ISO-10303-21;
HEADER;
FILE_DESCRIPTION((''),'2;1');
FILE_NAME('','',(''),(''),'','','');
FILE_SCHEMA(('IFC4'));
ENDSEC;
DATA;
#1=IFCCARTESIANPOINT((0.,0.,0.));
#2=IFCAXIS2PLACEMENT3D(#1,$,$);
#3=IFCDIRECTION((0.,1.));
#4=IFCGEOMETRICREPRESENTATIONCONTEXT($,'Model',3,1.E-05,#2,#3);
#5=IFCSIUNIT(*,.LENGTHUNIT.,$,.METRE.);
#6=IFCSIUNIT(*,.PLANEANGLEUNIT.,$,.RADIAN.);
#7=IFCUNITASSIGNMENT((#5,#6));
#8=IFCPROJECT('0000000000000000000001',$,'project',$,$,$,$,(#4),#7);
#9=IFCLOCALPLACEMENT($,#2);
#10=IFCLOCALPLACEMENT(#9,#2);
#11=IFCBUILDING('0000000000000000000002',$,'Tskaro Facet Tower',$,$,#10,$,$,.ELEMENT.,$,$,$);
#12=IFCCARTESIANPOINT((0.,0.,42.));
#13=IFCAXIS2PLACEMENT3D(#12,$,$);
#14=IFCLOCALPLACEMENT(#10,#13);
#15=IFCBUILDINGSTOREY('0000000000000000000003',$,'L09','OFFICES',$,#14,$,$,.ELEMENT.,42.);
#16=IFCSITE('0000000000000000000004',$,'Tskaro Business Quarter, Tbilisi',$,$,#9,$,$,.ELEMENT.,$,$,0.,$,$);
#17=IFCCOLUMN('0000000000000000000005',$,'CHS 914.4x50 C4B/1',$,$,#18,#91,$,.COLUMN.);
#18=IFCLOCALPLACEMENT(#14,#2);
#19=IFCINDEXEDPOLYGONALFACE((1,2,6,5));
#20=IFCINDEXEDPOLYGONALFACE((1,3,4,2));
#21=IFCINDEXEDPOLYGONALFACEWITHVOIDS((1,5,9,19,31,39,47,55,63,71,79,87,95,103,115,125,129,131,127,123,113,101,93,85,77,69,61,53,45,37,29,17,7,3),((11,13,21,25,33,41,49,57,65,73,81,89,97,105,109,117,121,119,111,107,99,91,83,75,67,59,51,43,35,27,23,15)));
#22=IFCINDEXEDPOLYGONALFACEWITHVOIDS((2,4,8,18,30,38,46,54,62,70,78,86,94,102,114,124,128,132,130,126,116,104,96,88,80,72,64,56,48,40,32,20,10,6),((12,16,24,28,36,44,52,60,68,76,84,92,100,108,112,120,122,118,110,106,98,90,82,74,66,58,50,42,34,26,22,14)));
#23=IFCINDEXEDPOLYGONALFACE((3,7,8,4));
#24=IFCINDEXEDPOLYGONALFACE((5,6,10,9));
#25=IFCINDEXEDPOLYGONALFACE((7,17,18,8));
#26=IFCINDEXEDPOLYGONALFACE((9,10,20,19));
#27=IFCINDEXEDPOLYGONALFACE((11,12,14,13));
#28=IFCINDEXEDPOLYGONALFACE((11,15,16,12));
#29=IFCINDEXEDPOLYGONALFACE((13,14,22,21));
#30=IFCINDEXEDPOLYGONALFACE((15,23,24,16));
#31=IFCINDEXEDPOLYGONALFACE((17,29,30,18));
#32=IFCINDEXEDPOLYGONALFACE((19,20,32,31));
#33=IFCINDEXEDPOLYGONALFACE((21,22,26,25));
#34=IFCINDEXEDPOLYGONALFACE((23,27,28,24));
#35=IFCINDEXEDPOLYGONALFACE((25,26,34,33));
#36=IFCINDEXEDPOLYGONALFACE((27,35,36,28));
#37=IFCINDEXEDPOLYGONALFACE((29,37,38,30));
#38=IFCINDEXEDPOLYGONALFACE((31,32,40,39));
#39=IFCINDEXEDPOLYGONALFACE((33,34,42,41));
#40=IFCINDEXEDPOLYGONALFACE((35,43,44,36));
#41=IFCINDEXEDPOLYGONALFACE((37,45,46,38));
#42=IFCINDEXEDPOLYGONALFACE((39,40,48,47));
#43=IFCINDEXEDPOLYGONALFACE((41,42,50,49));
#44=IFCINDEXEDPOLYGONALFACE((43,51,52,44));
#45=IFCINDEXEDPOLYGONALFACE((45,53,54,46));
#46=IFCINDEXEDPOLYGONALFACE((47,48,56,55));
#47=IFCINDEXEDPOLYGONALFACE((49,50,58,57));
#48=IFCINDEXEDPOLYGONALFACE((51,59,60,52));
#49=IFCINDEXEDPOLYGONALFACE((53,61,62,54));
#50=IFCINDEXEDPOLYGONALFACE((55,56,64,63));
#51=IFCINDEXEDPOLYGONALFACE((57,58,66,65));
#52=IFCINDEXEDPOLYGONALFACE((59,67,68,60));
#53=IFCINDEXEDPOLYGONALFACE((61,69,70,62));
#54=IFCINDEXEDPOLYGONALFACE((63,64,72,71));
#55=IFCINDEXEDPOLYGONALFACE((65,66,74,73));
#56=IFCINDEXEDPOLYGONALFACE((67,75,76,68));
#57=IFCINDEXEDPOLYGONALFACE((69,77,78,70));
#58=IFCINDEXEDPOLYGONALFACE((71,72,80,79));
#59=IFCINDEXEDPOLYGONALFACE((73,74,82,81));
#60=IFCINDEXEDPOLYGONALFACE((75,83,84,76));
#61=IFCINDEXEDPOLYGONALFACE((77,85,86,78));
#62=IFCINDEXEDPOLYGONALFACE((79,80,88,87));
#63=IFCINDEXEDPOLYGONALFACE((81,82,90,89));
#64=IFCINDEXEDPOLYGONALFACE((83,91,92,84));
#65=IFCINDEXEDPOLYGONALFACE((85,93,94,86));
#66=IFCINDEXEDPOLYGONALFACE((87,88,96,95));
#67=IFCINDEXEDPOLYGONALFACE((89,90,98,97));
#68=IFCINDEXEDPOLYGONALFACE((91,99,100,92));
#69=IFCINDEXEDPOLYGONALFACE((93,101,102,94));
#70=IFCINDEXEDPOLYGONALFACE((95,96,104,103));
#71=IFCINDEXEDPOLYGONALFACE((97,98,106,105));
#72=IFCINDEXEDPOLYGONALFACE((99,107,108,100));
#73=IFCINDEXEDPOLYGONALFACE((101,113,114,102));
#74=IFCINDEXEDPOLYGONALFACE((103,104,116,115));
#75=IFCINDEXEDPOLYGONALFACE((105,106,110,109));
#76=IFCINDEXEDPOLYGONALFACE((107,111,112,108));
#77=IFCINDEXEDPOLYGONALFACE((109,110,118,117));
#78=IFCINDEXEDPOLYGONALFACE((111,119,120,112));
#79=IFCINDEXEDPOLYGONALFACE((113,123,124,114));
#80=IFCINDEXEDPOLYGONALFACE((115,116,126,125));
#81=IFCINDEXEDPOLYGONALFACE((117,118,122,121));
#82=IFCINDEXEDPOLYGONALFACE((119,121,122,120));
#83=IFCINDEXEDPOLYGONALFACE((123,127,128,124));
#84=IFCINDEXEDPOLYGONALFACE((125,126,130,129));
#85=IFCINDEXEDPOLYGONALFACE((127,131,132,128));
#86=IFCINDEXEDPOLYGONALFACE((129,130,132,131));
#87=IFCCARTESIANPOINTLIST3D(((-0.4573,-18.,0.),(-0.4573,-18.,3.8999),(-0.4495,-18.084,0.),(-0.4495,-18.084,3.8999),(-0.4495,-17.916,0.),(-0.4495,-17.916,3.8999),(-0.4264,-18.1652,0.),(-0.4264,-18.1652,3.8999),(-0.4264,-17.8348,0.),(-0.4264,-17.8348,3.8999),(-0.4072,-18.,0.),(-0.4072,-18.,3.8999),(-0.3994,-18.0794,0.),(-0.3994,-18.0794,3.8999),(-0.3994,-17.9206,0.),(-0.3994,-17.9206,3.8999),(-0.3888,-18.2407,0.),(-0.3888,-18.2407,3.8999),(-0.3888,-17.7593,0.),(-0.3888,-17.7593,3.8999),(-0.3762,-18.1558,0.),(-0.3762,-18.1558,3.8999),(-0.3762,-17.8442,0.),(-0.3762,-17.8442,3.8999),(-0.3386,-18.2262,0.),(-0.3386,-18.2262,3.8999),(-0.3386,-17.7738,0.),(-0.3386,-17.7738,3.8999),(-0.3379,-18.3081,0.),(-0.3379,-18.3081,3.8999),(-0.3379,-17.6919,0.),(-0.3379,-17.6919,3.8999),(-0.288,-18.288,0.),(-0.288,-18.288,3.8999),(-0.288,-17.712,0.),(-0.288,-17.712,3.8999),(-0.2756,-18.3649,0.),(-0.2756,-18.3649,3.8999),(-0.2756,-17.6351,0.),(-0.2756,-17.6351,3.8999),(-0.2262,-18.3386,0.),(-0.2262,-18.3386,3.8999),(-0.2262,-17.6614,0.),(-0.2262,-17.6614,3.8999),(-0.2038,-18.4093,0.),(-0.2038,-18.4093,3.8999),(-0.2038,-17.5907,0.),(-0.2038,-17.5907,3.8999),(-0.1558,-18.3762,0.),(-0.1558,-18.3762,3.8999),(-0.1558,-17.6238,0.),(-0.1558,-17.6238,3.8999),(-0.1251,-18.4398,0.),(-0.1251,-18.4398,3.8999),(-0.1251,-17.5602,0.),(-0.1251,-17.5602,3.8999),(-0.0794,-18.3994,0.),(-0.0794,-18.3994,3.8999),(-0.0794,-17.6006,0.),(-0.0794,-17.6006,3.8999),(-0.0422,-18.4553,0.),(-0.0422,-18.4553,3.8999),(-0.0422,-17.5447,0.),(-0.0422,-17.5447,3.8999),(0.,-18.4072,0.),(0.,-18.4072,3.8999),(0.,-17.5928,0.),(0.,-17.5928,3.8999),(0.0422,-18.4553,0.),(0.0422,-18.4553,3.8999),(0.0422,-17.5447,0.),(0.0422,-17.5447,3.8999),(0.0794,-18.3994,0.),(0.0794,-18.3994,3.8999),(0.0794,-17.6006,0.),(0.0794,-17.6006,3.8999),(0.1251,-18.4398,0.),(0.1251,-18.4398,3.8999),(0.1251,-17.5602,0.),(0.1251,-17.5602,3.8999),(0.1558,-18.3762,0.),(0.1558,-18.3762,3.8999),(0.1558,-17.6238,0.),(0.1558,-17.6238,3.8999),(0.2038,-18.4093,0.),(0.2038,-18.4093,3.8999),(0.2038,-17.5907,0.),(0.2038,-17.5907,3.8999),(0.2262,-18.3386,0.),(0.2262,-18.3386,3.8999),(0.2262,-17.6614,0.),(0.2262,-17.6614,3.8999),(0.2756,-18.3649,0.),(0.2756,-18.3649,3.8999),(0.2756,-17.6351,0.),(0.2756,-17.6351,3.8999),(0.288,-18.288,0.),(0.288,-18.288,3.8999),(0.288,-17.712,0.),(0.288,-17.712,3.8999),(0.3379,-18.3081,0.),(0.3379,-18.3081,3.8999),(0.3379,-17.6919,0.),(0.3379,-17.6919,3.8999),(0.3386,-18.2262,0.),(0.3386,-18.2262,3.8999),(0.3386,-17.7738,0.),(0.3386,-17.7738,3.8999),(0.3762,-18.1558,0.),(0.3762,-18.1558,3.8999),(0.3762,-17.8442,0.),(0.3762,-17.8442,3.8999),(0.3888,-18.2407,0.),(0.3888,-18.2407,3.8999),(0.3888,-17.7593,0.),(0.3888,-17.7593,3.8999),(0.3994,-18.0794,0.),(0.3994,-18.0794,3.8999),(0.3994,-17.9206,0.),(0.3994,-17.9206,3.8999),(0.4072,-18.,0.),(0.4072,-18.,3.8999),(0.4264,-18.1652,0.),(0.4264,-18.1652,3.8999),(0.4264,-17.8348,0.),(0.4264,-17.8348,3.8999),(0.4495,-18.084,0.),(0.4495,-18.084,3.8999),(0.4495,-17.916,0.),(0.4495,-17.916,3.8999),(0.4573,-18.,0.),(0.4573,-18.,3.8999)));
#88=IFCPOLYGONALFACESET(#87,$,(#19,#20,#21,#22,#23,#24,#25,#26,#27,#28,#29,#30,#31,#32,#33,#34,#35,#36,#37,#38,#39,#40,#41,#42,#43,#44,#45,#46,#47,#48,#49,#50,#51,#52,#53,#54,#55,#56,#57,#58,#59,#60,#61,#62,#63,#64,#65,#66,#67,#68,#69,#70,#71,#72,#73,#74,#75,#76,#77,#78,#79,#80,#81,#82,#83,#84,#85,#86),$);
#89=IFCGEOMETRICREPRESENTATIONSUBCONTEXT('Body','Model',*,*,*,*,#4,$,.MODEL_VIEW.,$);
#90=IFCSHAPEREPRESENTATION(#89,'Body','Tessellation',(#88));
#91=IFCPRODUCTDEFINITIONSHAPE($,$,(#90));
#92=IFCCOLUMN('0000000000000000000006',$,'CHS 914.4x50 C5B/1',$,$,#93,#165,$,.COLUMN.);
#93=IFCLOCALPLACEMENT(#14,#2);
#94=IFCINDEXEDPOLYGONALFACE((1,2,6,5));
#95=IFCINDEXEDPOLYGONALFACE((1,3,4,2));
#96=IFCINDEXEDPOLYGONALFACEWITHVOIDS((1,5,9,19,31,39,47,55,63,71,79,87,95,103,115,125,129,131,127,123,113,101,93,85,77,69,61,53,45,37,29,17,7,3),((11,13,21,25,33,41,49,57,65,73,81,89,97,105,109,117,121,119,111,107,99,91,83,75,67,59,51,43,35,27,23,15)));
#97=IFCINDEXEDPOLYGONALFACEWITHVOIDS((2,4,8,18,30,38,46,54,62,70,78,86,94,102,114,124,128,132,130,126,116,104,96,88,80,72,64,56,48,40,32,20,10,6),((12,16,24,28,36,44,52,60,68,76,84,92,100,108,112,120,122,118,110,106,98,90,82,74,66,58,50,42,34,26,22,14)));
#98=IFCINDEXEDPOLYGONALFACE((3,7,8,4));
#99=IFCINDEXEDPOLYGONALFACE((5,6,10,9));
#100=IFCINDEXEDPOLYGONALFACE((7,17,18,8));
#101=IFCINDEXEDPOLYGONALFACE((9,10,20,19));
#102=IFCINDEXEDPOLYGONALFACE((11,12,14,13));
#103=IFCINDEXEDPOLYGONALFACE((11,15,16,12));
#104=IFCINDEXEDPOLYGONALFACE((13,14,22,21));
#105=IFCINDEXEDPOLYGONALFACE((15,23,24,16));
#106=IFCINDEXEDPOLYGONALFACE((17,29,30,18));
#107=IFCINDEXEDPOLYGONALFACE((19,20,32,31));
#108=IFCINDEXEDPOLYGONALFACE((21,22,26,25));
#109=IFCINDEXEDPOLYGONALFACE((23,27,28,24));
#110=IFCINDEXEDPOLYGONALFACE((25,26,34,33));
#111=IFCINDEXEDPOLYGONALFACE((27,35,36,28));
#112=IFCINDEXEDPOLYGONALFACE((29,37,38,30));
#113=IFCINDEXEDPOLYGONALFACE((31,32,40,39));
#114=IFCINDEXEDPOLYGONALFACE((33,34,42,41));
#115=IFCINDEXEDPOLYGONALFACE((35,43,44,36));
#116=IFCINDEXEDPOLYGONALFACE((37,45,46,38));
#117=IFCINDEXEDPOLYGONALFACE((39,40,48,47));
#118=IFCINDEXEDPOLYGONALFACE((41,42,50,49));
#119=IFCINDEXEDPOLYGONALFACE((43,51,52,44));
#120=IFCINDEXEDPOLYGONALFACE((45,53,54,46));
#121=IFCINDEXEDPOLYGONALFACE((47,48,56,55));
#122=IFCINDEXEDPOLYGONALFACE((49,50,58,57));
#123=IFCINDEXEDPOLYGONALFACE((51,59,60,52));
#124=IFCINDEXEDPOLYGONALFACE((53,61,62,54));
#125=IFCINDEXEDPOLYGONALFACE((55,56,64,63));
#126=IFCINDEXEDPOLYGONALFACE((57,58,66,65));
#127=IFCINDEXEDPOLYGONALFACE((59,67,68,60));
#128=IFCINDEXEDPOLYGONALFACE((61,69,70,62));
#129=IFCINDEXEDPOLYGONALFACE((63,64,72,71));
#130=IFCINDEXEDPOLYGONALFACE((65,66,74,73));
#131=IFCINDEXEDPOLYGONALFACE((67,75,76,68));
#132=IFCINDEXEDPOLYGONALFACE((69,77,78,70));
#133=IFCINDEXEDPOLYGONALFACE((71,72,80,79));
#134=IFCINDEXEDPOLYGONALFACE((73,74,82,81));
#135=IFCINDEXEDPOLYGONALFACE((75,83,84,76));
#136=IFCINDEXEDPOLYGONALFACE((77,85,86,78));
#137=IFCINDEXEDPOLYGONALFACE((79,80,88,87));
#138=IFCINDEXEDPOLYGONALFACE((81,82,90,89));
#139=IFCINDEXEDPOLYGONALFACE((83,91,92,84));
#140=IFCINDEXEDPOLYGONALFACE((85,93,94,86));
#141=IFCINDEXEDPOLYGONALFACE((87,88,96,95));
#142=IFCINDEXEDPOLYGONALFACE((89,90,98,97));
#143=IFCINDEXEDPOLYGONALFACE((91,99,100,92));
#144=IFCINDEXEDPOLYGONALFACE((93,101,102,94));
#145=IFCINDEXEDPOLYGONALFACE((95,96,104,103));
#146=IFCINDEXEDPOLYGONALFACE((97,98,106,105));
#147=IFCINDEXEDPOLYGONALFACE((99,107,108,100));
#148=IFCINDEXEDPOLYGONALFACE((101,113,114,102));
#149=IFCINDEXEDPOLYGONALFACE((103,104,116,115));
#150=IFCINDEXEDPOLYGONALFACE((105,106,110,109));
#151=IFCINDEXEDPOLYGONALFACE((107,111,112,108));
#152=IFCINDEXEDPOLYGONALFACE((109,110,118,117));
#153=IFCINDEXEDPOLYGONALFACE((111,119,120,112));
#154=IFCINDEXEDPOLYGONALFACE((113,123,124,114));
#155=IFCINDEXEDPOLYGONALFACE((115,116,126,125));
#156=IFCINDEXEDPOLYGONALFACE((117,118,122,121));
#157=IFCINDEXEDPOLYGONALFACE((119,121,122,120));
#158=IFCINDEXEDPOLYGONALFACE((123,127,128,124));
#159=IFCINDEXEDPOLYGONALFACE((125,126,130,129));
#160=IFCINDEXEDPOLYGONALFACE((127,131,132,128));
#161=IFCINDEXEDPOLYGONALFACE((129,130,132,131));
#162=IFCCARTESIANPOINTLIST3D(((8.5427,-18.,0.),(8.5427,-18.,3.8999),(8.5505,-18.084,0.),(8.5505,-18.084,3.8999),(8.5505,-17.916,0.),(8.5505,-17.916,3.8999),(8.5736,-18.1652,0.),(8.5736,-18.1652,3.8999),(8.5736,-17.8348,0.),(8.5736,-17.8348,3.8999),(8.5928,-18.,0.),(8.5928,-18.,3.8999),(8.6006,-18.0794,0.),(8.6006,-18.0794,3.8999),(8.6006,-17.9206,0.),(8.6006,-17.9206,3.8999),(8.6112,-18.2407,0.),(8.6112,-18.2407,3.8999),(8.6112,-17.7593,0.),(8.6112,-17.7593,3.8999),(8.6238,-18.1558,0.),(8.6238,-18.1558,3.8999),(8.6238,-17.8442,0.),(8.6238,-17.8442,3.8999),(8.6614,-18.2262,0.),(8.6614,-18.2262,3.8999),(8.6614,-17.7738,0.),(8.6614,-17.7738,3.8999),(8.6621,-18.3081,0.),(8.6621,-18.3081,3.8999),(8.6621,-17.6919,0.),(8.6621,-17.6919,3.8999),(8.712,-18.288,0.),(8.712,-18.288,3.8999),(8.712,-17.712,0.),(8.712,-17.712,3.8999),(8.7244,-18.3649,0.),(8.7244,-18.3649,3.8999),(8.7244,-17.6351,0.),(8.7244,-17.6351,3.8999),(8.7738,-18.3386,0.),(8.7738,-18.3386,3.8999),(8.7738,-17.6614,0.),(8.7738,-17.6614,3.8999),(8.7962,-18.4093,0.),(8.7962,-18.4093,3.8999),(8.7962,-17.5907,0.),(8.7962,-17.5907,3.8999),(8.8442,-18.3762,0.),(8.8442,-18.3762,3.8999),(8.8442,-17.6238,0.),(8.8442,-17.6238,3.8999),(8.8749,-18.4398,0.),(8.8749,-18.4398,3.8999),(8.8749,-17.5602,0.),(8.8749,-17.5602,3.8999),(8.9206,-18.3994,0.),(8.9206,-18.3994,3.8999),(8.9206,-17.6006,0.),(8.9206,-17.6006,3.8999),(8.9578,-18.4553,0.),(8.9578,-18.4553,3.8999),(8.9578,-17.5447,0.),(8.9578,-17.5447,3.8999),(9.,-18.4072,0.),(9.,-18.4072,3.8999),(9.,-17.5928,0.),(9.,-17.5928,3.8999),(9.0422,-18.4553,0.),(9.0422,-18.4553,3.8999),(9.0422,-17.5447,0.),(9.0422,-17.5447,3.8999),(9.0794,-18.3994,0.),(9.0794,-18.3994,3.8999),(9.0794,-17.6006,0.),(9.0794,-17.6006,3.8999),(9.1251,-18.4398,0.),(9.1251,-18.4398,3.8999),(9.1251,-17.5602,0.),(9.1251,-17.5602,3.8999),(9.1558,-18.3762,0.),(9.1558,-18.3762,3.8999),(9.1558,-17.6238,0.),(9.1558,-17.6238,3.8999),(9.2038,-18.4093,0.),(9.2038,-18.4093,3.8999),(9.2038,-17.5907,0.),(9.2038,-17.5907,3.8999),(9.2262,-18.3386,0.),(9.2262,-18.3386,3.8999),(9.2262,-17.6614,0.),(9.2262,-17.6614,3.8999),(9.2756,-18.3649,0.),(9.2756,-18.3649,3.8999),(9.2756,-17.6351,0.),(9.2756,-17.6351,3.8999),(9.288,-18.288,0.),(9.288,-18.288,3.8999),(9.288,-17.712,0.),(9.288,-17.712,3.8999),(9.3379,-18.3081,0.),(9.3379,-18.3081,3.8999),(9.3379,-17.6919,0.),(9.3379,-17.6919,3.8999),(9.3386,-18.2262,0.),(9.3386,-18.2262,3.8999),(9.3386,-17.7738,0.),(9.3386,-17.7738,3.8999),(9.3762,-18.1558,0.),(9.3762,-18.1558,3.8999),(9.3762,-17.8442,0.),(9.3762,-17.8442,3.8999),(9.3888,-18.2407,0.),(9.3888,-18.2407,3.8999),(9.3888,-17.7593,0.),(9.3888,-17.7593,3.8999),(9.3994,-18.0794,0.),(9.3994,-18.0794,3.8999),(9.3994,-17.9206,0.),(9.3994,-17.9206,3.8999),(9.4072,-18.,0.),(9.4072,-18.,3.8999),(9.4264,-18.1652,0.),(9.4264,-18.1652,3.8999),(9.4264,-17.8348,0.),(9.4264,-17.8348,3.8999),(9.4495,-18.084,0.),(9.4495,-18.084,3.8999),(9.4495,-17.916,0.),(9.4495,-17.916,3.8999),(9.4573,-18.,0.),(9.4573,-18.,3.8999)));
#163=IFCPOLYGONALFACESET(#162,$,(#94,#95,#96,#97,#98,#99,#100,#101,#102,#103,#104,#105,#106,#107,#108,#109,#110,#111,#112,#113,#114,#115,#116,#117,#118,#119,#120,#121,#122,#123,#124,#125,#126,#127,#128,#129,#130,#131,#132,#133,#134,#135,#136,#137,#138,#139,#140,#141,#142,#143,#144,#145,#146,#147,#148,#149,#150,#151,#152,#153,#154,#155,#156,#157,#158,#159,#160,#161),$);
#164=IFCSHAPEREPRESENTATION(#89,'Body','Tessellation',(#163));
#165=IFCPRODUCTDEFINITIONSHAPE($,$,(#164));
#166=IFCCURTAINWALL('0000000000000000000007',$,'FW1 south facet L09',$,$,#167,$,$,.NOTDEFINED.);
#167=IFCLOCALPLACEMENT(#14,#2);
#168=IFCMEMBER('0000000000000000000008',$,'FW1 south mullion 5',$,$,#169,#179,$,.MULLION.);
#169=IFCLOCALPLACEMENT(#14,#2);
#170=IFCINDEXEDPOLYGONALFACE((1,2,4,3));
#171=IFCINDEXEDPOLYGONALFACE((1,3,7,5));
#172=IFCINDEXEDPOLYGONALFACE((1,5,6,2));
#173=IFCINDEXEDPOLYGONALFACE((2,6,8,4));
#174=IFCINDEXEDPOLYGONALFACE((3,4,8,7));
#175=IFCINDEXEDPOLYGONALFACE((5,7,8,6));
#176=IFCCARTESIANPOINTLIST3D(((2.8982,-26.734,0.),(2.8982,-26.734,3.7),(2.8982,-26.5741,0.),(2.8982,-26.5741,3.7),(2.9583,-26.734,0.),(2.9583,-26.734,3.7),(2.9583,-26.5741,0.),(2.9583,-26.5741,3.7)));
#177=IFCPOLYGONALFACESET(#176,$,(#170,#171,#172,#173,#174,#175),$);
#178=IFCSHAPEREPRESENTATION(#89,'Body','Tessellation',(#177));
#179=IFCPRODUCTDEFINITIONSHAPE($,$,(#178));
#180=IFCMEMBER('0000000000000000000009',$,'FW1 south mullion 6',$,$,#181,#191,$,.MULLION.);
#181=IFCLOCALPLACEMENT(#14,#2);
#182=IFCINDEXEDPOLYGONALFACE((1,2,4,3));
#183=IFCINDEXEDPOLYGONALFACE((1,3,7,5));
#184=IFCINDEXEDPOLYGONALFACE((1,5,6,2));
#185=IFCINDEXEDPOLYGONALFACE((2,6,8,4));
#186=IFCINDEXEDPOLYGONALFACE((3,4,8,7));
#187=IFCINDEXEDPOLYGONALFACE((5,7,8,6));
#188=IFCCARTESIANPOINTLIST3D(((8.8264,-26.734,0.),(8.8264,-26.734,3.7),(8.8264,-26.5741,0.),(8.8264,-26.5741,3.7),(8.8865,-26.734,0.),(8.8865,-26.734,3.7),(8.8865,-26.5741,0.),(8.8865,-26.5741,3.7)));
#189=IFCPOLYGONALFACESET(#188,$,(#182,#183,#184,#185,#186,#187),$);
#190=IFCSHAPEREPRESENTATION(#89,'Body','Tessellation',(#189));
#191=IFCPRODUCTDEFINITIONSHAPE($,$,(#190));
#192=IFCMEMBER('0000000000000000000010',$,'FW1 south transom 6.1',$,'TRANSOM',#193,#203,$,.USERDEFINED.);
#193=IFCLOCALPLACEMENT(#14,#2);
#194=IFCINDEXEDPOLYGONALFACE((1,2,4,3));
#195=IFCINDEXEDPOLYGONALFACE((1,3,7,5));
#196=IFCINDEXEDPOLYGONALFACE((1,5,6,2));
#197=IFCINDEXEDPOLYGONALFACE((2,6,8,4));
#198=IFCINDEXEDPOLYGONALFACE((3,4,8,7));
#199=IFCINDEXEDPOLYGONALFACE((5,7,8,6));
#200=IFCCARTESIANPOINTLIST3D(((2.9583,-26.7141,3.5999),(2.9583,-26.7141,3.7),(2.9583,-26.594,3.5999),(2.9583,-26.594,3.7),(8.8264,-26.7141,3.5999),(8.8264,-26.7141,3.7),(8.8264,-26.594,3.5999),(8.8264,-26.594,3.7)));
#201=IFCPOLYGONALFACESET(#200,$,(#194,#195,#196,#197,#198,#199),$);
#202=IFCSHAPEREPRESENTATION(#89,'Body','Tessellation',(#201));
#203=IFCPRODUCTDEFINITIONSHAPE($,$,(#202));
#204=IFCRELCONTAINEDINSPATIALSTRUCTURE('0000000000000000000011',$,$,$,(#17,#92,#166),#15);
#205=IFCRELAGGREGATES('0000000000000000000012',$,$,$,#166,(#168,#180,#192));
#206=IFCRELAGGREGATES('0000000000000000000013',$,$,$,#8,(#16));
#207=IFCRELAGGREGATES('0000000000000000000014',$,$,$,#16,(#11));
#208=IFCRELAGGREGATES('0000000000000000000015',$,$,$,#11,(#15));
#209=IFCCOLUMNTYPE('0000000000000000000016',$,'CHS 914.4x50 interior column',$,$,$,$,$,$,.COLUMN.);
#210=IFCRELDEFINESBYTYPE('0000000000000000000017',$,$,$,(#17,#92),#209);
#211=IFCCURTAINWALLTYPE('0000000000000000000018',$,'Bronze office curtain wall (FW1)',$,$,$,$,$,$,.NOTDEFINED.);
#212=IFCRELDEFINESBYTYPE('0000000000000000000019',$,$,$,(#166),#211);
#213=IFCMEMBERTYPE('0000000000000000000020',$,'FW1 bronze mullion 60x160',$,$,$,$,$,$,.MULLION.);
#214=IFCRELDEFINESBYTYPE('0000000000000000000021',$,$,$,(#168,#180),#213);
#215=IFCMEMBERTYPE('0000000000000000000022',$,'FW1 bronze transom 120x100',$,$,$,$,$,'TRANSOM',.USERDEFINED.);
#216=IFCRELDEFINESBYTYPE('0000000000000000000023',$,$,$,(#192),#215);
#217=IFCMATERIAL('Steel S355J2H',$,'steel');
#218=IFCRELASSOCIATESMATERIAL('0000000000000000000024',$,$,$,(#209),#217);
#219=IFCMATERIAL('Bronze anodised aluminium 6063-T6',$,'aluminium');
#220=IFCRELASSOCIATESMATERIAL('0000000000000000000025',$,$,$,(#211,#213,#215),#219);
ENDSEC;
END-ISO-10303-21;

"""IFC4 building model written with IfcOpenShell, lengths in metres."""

from ifc_helpers import new_model, si_unit, direction, frame, origin, origin_2d, place, context, subcontext, project, spatial, rectangle, hollow_circle, extrude, material, material_profile, profile_set, type_object, element, aggregate, save


model = new_model("IFC4")

# Units and contexts
model_context = context("Model", 3, precision=1e-05, world=origin(), true_north=direction((0.0, 1.0)))
body_context = subcontext(model_context, "Body", "Model", "MODEL_VIEW")
ifc_project = project(units=[si_unit("LENGTHUNIT", "METRE"), si_unit("PLANEANGLEUNIT", "RADIAN")], contexts=[model_context])

# Site, building, storey
site_placement = place(None, origin())
site = spatial("IfcSite", under=ifc_project, at=site_placement, Name="Tskaro Business Quarter, Tbilisi", CompositionType="ELEMENT", RefElevation=0.0)
building_placement = place(site_placement, origin())
building = spatial("IfcBuilding", under=site, at=building_placement, Name="Tskaro Facet Tower", CompositionType="ELEMENT")
storey_placement = place(building_placement, frame((0.0, 0.0, 42.0)))
storey = spatial("IfcBuildingStorey", under=building, at=storey_placement, Name="L09", Description="OFFICES", CompositionType="ELEMENT", Elevation=42.0)

# Columns
ifc_material_1 = material(Name="Steel S355J2H", Category="steel")
ifc_material_profile_1 = material_profile(ifc_material_1, hollow_circle(Radius=0.4573, WallThickness=0.05, at=origin_2d()), Name="CHS 914.4x50")
ifc_profile_set_1 = profile_set([ifc_material_profile_1], Name="Steel S355J2H")
column_type_1 = type_object("IfcColumnType", Name="CHS 914.4x50 interior column", PredefinedType="COLUMN", material=ifc_profile_set_1)
for number, where, z_axis, x_axis, name in (
    (1, (0.0, -18.0, 0.0), (0.0, 0.0, 1.0), (1.0, 0.0, 0.0), "CHS 914.4x50 C4B/1"),
    (2, (9.0, -18.0, 0.0), (0.0, 0.0, 1.0), (1.0, 0.0, 0.0), "CHS 914.4x50 C5B/1"),
):
    element("IfcColumn", number, at=place(storey_placement, frame(where, z_axis=z_axis, x_axis=x_axis)), inside=storey, type_object=column_type_1, Name=name, PredefinedType="COLUMN", context=body_context, shape_type="SweptSolid", body=[
        extrude(hollow_circle(Radius=0.4573, WallThickness=0.05, at=origin_2d()), origin(), (0.0, 0.0, 1.0), 3.8999),
    ])

# Curtain wall, members
ifc_material_2 = material(Name="Bronze anodised aluminium 6063-T6", Category="aluminium")
curtain_wall_type = type_object("IfcCurtainWallType", Name="Bronze office curtain wall (FW1)", PredefinedType="NOTDEFINED", material=ifc_material_2)
curtain_wall_placement = place(storey_placement, origin())
curtain_wall = element("IfcCurtainWall", 3, at=curtain_wall_placement, inside=storey, type_object=curtain_wall_type, Name="FW1 south facet L09", PredefinedType="NOTDEFINED")
ifc_material_profile_2 = material_profile(ifc_material_2, rectangle(XDim=0.0601, YDim=0.1599, at=origin_2d()), Name="Mullion 60x160")
ifc_profile_set_2 = profile_set([ifc_material_profile_2], Name="Bronze anodised aluminium 6063-T6")
member_type_1 = type_object("IfcMemberType", Name="FW1 bronze mullion 60x160", PredefinedType="MULLION", material=ifc_profile_set_2)
member_1_placement = place(storey_placement, frame((2.9282, -26.6541, 0.0), z_axis=(0.0, 0.0, 1.0), x_axis=(1.0, 0.0, 0.0)))
member_1 = element("IfcMember", 4, at=member_1_placement, type_object=member_type_1, Name="FW1 south mullion 5", PredefinedType="MULLION", context=body_context, shape_type="SweptSolid", body=[
    extrude(rectangle(XDim=0.0601, YDim=0.1599, at=origin_2d()), origin(), (0.0, 0.0, 1.0), 3.7),
])
member_2_placement = place(storey_placement, frame((8.8564, -26.6541, 0.0), z_axis=(0.0, 0.0, 1.0), x_axis=(1.0, 0.0, 0.0)))
member_2 = element("IfcMember", 5, at=member_2_placement, type_object=member_type_1, Name="FW1 south mullion 6", PredefinedType="MULLION", context=body_context, shape_type="SweptSolid", body=[
    extrude(rectangle(XDim=0.0601, YDim=0.1599, at=origin_2d()), origin(), (0.0, 0.0, 1.0), 3.7),
])
ifc_material_profile_3 = material_profile(ifc_material_2, rectangle(XDim=0.1201, YDim=0.1001, at=origin_2d()), Name="Transom 120x100")
ifc_profile_set_3 = profile_set([ifc_material_profile_3], Name="Bronze anodised aluminium 6063-T6")
member_type_2 = type_object("IfcMemberType", Name="FW1 bronze transom 120x100", ElementType="TRANSOM", PredefinedType="USERDEFINED", material=ifc_profile_set_3)
member_3_placement = place(storey_placement, frame((2.9583, -26.6541, 3.6499), z_axis=(1.0, 0.0, 0.0), x_axis=(0.0, 1.0, 0.0)))
member_3 = element("IfcMember", 6, at=member_3_placement, type_object=member_type_2, Name="FW1 south transom 6.1", ObjectType="TRANSOM", PredefinedType="USERDEFINED", context=body_context, shape_type="SweptSolid", body=[
    extrude(rectangle(XDim=0.1201, YDim=0.1001, at=origin_2d()), origin(), (0.0, 0.0, 1.0), 5.8682),
])

aggregate(curtain_wall, [member_1, member_2, member_3])

save(model, "model.ifc")
